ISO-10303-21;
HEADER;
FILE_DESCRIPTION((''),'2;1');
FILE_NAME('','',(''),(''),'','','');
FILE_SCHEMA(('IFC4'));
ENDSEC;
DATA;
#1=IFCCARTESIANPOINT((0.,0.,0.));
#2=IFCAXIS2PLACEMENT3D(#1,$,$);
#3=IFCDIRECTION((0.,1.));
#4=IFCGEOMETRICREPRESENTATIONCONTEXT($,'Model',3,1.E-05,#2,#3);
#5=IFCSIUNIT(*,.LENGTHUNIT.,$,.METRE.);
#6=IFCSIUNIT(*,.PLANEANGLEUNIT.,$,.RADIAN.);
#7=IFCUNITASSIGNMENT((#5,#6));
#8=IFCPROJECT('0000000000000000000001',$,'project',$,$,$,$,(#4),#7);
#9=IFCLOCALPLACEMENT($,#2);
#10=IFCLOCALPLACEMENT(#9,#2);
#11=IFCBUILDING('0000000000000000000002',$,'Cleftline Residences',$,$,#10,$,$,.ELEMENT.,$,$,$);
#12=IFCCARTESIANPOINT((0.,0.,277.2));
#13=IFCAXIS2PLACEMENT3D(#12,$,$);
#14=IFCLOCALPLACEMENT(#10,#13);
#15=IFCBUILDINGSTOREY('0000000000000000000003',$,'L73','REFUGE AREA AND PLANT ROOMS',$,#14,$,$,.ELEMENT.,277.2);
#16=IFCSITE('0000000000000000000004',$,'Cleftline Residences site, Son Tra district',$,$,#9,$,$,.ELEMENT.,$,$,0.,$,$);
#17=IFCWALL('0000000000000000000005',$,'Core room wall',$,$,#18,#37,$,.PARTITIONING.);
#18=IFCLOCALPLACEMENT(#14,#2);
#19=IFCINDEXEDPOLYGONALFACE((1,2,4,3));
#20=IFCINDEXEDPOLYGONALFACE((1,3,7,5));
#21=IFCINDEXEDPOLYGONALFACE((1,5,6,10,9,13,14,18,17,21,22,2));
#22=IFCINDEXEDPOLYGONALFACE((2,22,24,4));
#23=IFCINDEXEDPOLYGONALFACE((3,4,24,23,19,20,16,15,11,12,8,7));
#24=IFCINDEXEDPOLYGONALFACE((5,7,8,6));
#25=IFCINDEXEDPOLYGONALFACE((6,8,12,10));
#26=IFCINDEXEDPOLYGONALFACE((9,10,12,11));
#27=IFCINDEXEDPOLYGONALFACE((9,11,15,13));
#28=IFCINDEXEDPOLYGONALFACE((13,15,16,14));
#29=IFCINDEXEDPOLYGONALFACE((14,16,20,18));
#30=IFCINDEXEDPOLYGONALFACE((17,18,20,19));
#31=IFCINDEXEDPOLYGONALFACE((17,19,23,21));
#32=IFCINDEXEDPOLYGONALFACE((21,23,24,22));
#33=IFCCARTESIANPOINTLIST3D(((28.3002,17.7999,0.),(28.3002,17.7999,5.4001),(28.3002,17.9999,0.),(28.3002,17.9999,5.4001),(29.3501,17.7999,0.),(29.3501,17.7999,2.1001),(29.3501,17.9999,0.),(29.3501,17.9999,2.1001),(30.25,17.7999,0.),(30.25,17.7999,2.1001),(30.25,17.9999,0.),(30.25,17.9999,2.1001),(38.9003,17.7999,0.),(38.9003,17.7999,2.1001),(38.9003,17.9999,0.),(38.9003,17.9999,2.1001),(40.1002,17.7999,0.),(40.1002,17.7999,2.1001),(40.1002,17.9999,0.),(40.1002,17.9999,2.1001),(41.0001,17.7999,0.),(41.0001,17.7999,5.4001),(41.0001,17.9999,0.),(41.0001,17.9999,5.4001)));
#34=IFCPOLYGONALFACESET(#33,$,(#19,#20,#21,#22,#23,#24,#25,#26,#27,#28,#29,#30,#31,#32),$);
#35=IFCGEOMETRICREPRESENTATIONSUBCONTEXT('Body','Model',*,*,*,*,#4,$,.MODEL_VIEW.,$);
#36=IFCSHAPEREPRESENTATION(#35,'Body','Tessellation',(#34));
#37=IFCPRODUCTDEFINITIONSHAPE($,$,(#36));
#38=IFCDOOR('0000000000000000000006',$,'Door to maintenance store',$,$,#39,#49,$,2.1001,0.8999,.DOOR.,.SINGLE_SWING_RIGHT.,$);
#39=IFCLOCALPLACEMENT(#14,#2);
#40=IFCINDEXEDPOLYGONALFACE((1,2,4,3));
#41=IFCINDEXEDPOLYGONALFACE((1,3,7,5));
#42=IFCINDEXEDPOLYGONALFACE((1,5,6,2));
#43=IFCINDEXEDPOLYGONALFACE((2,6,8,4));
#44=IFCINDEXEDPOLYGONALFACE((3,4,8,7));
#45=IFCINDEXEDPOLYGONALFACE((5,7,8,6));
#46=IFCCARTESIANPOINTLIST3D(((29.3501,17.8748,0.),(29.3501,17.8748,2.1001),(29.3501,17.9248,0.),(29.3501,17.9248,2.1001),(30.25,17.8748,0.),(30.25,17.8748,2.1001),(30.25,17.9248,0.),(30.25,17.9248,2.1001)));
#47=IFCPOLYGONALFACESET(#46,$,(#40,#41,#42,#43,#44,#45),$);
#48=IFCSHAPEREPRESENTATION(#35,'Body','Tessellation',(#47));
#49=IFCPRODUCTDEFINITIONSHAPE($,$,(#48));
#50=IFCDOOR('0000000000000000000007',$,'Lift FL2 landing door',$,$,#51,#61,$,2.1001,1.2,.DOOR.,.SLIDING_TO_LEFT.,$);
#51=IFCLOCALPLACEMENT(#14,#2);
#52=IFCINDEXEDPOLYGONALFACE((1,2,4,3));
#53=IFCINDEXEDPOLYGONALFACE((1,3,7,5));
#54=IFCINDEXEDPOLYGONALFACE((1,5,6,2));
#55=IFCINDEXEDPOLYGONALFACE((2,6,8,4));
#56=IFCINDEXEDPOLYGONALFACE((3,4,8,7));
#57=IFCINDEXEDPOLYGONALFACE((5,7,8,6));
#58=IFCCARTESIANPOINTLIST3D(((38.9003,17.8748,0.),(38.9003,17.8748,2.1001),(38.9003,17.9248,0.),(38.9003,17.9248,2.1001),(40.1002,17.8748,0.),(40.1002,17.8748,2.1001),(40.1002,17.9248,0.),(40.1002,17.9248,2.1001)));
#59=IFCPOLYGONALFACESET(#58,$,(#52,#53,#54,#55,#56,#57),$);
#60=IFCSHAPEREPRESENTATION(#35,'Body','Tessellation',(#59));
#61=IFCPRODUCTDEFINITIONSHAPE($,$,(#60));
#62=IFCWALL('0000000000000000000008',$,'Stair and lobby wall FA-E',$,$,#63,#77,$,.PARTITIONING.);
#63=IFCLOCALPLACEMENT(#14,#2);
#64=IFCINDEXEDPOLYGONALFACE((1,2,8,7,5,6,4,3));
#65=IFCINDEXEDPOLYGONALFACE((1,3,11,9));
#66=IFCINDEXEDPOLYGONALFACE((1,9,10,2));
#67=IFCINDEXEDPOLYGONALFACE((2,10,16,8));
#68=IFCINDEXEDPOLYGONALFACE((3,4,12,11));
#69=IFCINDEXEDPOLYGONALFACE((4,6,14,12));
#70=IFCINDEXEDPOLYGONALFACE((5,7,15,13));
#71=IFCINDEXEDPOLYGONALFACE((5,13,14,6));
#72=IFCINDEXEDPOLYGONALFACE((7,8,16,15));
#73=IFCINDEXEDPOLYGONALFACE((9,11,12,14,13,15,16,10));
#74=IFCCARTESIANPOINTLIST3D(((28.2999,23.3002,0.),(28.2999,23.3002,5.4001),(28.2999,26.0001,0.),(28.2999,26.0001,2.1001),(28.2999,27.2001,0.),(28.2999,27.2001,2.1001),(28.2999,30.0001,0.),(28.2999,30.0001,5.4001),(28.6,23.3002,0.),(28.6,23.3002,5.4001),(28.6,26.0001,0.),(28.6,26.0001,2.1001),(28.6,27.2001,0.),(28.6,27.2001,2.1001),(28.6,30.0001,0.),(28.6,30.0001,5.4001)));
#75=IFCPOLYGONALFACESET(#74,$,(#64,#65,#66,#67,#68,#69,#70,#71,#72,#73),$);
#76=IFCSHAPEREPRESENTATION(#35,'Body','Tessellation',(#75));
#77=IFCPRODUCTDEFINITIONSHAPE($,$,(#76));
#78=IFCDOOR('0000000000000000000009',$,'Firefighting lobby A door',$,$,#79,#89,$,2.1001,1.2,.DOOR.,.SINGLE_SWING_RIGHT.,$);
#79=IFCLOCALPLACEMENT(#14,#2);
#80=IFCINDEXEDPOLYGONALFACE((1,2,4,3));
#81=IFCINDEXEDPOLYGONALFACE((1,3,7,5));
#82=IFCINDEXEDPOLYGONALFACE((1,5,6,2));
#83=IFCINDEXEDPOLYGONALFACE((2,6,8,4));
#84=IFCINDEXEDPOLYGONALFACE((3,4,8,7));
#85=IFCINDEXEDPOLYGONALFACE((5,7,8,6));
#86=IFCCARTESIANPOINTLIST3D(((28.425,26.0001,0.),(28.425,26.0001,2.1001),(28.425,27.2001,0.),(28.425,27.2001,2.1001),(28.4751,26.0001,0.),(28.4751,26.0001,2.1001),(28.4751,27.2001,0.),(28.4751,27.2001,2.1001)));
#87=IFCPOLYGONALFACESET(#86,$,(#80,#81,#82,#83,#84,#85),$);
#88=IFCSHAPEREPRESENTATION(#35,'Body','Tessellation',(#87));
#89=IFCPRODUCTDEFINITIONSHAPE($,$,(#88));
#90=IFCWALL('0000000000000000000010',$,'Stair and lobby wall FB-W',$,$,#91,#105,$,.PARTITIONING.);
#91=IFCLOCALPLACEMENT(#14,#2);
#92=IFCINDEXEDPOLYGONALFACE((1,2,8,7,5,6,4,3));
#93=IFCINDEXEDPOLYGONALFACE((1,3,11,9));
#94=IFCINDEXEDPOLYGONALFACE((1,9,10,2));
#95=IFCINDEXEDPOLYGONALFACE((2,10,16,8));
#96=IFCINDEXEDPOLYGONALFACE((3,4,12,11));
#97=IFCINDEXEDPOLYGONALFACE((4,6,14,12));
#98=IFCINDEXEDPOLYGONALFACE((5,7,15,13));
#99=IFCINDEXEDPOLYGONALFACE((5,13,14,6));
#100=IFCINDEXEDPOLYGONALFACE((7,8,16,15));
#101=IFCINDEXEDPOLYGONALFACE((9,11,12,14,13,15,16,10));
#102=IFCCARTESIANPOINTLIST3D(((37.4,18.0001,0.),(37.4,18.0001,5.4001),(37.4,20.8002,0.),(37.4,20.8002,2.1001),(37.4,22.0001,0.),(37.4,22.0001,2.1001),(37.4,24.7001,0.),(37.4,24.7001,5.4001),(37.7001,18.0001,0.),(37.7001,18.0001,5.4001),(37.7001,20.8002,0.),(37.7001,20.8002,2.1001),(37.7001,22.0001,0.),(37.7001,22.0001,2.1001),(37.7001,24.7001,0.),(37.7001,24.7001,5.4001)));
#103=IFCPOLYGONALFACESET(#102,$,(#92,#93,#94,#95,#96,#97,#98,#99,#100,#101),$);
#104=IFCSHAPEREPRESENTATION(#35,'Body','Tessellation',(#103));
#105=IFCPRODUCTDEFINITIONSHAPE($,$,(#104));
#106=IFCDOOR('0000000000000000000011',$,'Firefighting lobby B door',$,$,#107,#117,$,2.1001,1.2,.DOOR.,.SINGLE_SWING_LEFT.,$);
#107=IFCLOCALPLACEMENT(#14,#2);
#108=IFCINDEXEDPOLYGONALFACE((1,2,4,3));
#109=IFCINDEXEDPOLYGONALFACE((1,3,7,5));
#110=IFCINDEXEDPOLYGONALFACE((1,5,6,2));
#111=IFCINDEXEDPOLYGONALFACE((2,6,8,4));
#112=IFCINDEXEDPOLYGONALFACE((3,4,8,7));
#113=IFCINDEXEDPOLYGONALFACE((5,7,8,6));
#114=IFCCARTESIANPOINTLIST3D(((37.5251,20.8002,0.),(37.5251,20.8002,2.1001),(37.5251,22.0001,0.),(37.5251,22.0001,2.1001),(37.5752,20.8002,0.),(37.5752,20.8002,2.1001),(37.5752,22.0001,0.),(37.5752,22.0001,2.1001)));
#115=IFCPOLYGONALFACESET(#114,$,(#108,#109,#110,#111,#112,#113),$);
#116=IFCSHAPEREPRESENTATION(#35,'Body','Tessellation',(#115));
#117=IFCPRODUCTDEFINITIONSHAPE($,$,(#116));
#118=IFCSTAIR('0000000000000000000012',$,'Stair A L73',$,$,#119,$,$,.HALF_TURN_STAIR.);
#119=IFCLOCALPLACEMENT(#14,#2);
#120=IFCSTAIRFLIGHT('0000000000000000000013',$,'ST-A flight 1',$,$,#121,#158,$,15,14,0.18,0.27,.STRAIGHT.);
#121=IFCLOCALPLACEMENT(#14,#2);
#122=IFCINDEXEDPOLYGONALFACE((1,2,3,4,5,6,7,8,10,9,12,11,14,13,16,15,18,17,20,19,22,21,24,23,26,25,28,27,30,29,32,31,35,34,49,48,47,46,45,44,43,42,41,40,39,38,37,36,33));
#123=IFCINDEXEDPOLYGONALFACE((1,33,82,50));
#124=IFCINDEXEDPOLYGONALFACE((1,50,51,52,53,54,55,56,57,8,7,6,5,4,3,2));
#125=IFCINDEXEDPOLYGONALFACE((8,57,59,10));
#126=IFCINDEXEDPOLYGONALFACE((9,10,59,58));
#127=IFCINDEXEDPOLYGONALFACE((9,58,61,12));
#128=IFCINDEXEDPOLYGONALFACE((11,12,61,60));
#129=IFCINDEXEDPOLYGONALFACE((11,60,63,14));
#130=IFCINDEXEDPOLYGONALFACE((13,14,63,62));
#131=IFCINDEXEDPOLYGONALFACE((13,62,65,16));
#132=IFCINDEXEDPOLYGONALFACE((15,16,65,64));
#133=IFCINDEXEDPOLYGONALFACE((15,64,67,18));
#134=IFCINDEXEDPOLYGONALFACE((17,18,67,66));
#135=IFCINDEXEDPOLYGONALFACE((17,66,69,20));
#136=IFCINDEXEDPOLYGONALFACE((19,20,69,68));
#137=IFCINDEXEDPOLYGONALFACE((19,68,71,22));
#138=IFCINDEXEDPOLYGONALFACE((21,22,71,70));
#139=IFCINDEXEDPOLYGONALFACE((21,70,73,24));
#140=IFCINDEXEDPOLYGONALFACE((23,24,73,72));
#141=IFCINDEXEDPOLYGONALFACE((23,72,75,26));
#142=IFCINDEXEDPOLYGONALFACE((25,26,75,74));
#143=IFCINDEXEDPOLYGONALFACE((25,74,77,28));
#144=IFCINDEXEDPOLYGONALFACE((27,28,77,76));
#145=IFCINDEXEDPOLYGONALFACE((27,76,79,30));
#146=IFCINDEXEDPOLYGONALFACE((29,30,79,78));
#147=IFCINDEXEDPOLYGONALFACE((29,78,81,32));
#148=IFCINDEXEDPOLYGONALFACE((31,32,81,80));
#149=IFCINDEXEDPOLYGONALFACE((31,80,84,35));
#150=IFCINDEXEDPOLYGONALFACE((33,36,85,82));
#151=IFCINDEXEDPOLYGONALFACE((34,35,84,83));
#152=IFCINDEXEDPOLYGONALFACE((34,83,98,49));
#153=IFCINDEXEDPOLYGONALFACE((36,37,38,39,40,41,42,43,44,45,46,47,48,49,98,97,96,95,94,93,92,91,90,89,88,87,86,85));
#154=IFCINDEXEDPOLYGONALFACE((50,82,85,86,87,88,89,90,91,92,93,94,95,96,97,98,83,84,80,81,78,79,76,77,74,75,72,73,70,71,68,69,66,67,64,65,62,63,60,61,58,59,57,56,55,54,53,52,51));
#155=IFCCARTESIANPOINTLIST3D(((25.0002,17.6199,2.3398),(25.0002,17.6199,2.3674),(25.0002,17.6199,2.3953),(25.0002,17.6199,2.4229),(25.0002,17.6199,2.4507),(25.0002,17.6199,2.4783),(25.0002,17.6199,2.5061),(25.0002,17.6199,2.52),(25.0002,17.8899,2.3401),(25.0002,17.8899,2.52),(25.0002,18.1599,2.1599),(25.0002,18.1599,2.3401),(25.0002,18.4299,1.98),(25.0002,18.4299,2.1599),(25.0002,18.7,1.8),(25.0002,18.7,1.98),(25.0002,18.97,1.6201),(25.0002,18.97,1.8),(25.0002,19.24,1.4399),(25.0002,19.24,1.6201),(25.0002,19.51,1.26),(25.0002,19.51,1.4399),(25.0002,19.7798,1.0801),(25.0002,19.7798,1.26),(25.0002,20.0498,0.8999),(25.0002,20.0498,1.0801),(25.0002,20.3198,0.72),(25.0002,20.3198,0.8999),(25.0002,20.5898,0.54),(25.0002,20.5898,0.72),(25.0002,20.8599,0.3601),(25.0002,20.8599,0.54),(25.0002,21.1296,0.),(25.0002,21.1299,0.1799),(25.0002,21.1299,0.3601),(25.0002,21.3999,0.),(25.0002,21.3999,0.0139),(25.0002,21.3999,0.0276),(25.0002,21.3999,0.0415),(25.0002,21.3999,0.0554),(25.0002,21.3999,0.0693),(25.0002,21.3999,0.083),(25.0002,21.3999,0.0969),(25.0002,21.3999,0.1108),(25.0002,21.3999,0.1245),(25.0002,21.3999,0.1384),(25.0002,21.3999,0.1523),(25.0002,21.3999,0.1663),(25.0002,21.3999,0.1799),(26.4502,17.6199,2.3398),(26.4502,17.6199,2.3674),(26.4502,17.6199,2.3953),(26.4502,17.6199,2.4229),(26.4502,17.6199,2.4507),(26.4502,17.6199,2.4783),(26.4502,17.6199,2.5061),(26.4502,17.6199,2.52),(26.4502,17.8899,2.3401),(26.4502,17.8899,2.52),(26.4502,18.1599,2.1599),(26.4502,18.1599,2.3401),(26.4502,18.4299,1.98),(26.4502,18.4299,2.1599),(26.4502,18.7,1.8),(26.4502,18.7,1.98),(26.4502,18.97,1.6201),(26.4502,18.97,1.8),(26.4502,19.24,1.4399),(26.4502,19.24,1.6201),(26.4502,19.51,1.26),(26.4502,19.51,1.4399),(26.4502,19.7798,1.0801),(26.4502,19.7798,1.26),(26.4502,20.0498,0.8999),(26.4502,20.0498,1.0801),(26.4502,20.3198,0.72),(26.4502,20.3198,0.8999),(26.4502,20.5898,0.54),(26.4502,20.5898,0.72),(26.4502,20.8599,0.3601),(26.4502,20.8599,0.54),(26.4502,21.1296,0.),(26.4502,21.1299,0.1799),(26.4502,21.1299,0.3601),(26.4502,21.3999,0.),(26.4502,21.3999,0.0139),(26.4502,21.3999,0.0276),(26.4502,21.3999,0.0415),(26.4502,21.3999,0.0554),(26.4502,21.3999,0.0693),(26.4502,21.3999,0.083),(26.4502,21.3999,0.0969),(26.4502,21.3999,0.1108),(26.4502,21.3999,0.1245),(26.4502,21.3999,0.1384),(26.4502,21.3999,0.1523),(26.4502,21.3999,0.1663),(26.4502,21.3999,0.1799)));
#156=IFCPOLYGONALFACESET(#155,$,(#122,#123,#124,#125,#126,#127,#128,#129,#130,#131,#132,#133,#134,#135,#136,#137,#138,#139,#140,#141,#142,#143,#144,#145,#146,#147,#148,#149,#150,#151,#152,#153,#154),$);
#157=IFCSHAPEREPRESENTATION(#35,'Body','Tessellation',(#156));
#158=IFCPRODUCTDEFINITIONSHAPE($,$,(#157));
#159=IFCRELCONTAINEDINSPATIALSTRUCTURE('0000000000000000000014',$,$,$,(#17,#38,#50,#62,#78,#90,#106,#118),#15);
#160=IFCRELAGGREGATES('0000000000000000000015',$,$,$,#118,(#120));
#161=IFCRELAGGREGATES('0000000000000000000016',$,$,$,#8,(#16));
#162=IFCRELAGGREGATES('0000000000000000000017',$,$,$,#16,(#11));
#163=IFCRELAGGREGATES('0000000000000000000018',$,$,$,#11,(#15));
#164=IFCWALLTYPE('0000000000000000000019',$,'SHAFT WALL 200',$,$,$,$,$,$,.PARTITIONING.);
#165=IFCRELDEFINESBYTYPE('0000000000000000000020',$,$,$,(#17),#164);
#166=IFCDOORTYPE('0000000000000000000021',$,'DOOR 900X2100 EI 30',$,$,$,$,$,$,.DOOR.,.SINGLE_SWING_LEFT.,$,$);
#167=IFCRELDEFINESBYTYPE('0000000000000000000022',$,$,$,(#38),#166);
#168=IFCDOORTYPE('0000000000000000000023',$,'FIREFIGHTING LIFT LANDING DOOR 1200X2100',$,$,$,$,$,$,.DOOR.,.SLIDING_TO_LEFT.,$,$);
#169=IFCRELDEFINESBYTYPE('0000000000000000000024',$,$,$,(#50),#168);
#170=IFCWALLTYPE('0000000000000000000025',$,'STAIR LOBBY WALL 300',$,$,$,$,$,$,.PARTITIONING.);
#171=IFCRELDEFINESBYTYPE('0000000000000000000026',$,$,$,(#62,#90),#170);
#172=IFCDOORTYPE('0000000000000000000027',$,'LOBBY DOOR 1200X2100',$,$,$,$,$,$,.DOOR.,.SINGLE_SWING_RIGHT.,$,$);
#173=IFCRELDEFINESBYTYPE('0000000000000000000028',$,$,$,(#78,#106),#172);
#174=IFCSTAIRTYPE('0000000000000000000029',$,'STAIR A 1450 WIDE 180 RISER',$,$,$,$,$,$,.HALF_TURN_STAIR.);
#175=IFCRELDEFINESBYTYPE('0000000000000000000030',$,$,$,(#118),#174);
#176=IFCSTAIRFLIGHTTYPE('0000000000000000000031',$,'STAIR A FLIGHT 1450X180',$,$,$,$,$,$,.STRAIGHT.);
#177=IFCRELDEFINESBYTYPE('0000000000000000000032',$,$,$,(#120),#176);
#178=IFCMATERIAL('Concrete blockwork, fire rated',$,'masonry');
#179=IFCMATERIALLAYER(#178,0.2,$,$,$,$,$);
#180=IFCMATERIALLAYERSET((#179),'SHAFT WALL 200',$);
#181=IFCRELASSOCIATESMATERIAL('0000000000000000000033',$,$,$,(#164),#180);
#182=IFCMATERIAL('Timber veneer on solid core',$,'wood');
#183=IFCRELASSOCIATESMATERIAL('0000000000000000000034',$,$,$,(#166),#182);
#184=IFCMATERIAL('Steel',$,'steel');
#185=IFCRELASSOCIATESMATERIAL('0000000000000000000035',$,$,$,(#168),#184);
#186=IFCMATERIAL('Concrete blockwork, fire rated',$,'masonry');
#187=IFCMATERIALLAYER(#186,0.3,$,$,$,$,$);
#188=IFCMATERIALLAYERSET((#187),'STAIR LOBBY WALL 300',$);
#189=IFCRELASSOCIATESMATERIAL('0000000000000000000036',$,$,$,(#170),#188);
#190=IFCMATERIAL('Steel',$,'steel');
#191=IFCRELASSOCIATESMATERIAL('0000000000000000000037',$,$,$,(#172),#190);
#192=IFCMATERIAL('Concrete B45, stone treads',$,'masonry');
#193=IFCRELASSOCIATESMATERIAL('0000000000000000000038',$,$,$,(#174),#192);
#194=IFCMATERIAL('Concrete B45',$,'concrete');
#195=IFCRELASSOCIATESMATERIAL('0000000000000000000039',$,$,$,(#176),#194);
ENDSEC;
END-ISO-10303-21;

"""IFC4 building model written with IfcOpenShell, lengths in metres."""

from ifc_helpers import new_model, si_unit, direction, frame, frame_2d, origin, place, context, subcontext, project, spatial, polyline, rectangle, outline, extrude, material, layer, layer_set, type_object, element, fill, aggregate, save


model = new_model("IFC4")

# Units and contexts
model_context = context("Model", 3, precision=1e-05, world=origin(), true_north=direction((0.0, 1.0)))
body_context = subcontext(model_context, "Body", "Model", "MODEL_VIEW")
ifc_project = project(units=[si_unit("LENGTHUNIT", "METRE"), si_unit("PLANEANGLEUNIT", "RADIAN")], contexts=[model_context])

# Site, building, storey
site_placement = place(None, origin())
site = spatial("IfcSite", under=ifc_project, at=site_placement, Name="Cleftline Residences site, Son Tra district", CompositionType="ELEMENT", RefElevation=0.0)
building_placement = place(site_placement, origin())
building = spatial("IfcBuilding", under=site, at=building_placement, Name="Cleftline Residences", CompositionType="ELEMENT")
storey_placement = place(building_placement, frame((0.0, 0.0, 277.2)))
storey = spatial("IfcBuildingStorey", under=building, at=storey_placement, Name="L73", Description="REFUGE AREA AND PLANT ROOMS", CompositionType="ELEMENT", Elevation=277.2)

# Wall, openings, doors
ifc_material_1 = material(Name="Concrete blockwork, fire rated", Category="masonry")
ifc_layer_1 = layer(ifc_material_1, 0.2)
ifc_layer_set_1 = layer_set([ifc_layer_1], Name="SHAFT WALL 200")
wall_type_1 = type_object("IfcWallType", Name="SHAFT WALL 200", PredefinedType="PARTITIONING", material=ifc_layer_set_1)
wall_1_placement = place(storey_placement, frame((28.3, 17.8999, 0.0), z_axis=(0.0, 0.0, 1.0), x_axis=(1.0, 0.0, 0.0)))
wall_1 = element("IfcWall", 1, at=wall_1_placement, inside=storey, type_object=wall_type_1, Name="Core room wall", PredefinedType="PARTITIONING", context=body_context, shape_type="SweptSolid", body=[
    extrude(rectangle(XDim=12.7, YDim=0.2, at=frame_2d((6.3501, 0.0))), origin(), (0.0, 0.0, 1.0), 5.4001),
])
opening_1_placement = place(wall_1_placement, frame((1.05, 0.0, 0.0)))
opening_1 = element("IfcOpeningElement", 2, at=opening_1_placement, cuts=wall_1, PredefinedType="OPENING", context=body_context, shape_type="SweptSolid", body=[
    extrude(rectangle(XDim=0.8999, YDim=2.1001, at=frame_2d((0.45, 1.05))), frame((0.0, 0.1099, 0.0), z_axis=(0.0, -1.0, 0.0), x_axis=(1.0, 0.0, 0.0)), (0.0, 0.0, 1.0), 0.22),
])
opening_2_placement = place(wall_1_placement, frame((10.6001, 0.0, 0.0)))
opening_2 = element("IfcOpeningElement", 3, at=opening_2_placement, cuts=wall_1, PredefinedType="OPENING", context=body_context, shape_type="SweptSolid", body=[
    extrude(rectangle(XDim=1.2, YDim=2.1001, at=frame_2d((0.6001, 1.05))), frame((0.0, 0.1099, 0.0), z_axis=(0.0, -1.0, 0.0), x_axis=(1.0, 0.0, 0.0)), (0.0, 0.0, 1.0), 0.22),
])
ifc_material_2 = material(Name="Timber veneer on solid core", Category="wood")
door_type_1 = type_object("IfcDoorType", Name="DOOR 900X2100 EI 30", OperationType="SINGLE_SWING_LEFT", PredefinedType="DOOR", material=ifc_material_2)
door_1_placement = place(opening_1_placement, origin())
door_1 = element("IfcDoor", 4, at=door_1_placement, inside=storey, type_object=door_type_1, Name="Door to maintenance store", OperationType="SINGLE_SWING_RIGHT", OverallHeight=2.1001, OverallWidth=0.8999, PredefinedType="DOOR", context=body_context, shape_type="SweptSolid", body=[
    extrude(rectangle(XDim=0.8999, YDim=2.1001, at=frame_2d((0.45, 1.05))), frame((0.0, 0.0249, 0.0), z_axis=(0.0, -1.0, 0.0), x_axis=(1.0, 0.0, 0.0)), (0.0, 0.0, 1.0), 0.05),
])
fill(opening_1, door_1)
ifc_material_3 = material(Name="Steel", Category="steel")
door_type_2 = type_object("IfcDoorType", Name="FIREFIGHTING LIFT LANDING DOOR 1200X2100", OperationType="SLIDING_TO_LEFT", PredefinedType="DOOR", material=ifc_material_3)
door_2_placement = place(opening_2_placement, origin())
door_2 = element("IfcDoor", 5, at=door_2_placement, inside=storey, type_object=door_type_2, Name="Lift FL2 landing door", OperationType="SLIDING_TO_LEFT", OverallHeight=2.1001, OverallWidth=1.2, PredefinedType="DOOR", context=body_context, shape_type="SweptSolid", body=[
    extrude(rectangle(XDim=1.2, YDim=2.1001, at=frame_2d((0.6001, 1.05))), frame((0.0, 0.0249, 0.0), z_axis=(0.0, -1.0, 0.0), x_axis=(1.0, 0.0, 0.0)), (0.0, 0.0, 1.0), 0.05),
])
fill(opening_2, door_2)

# Walls, openings, doors
ifc_material_4 = material(Name="Concrete blockwork, fire rated", Category="masonry")
ifc_layer_2 = layer(ifc_material_4, 0.3)
ifc_layer_set_2 = layer_set([ifc_layer_2], Name="STAIR LOBBY WALL 300")
wall_type_2 = type_object("IfcWallType", Name="STAIR LOBBY WALL 300", PredefinedType="PARTITIONING", material=ifc_layer_set_2)
wall_2_placement = place(storey_placement, frame((28.45, 23.3, 0.0), z_axis=(0.0, 0.0, 1.0), x_axis=(0.0, 1.0, 0.0)))
wall_2 = element("IfcWall", 6, at=wall_2_placement, inside=storey, type_object=wall_type_2, Name="Stair and lobby wall FA-E", PredefinedType="PARTITIONING", context=body_context, shape_type="SweptSolid", body=[
    extrude(rectangle(XDim=6.7, YDim=0.3, at=frame_2d((3.3501, 0.0))), origin(), (0.0, 0.0, 1.0), 5.4001),
])
opening_3_placement = place(wall_2_placement, frame((2.7, 0.0, 0.0)))
opening_3 = element("IfcOpeningElement", 7, at=opening_3_placement, cuts=wall_2, PredefinedType="OPENING", context=body_context, shape_type="SweptSolid", body=[
    extrude(rectangle(XDim=1.2, YDim=2.1001, at=frame_2d((0.6001, 1.05))), frame((0.0, 0.1599, 0.0), z_axis=(0.0, -1.0, 0.0), x_axis=(1.0, 0.0, 0.0)), (0.0, 0.0, 1.0), 0.3201),
])
ifc_material_5 = material(Name="Steel", Category="steel")
door_type_3 = type_object("IfcDoorType", Name="LOBBY DOOR 1200X2100", OperationType="SINGLE_SWING_RIGHT", PredefinedType="DOOR", material=ifc_material_5)
door_3_placement = place(opening_3_placement, origin())
door_3 = element("IfcDoor", 8, at=door_3_placement, inside=storey, type_object=door_type_3, Name="Firefighting lobby A door", OperationType="SINGLE_SWING_RIGHT", OverallHeight=2.1001, OverallWidth=1.2, PredefinedType="DOOR", context=body_context, shape_type="SweptSolid", body=[
    extrude(rectangle(XDim=1.2, YDim=2.1001, at=frame_2d((0.6001, 1.05))), frame((0.0, 0.0249, 0.0), z_axis=(0.0, -1.0, 0.0), x_axis=(1.0, 0.0, 0.0)), (0.0, 0.0, 1.0), 0.05),
])
fill(opening_3, door_3)
wall_3_placement = place(storey_placement, frame((37.55, 18.0, 0.0), z_axis=(0.0, 0.0, 1.0), x_axis=(0.0, 1.0, 0.0)))
wall_3 = element("IfcWall", 9, at=wall_3_placement, inside=storey, type_object=wall_type_2, Name="Stair and lobby wall FB-W", PredefinedType="PARTITIONING", context=body_context, shape_type="SweptSolid", body=[
    extrude(rectangle(XDim=6.7, YDim=0.3, at=frame_2d((3.3501, 0.0))), origin(), (0.0, 0.0, 1.0), 5.4001),
])
opening_4_placement = place(wall_3_placement, frame((2.8, 0.0, 0.0)))
opening_4 = element("IfcOpeningElement", 10, at=opening_4_placement, cuts=wall_3, PredefinedType="OPENING", context=body_context, shape_type="SweptSolid", body=[
    extrude(rectangle(XDim=1.2, YDim=2.1001, at=frame_2d((0.6001, 1.05))), frame((0.0, 0.1599, 0.0), z_axis=(0.0, -1.0, 0.0), x_axis=(1.0, 0.0, 0.0)), (0.0, 0.0, 1.0), 0.3201),
])
door_4_placement = place(opening_4_placement, origin())
door_4 = element("IfcDoor", 11, at=door_4_placement, inside=storey, type_object=door_type_3, Name="Firefighting lobby B door", OperationType="SINGLE_SWING_LEFT", OverallHeight=2.1001, OverallWidth=1.2, PredefinedType="DOOR", context=body_context, shape_type="SweptSolid", body=[
    extrude(rectangle(XDim=1.2, YDim=2.1001, at=frame_2d((0.6001, 1.05))), frame((0.0, 0.0249, 0.0), z_axis=(0.0, -1.0, 0.0), x_axis=(1.0, 0.0, 0.0)), (0.0, 0.0, 1.0), 0.05),
])
fill(opening_4, door_4)

# Stair, stair flight
ifc_material_6 = material(Name="Concrete B45, stone treads", Category="masonry")
stair_type_1 = type_object("IfcStairType", Name="STAIR A 1450 WIDE 180 RISER", PredefinedType="HALF_TURN_STAIR", material=ifc_material_6)
stair_1_placement = place(storey_placement, origin())
stair_1 = element("IfcStair", 12, at=stair_1_placement, inside=storey, type_object=stair_type_1, Name="Stair A L73", PredefinedType="HALF_TURN_STAIR")
ifc_material_7 = material(Name="Concrete B45", Category="concrete")
stair_flight_type_1 = type_object("IfcStairFlightType", Name="STAIR A FLIGHT 1450X180", PredefinedType="STRAIGHT", material=ifc_material_7)
stair_flight_1_placement = place(storey_placement, frame((25.7251, 21.3999, 0.0), z_axis=(0.0, 0.0, 1.0), x_axis=(0.0, -1.0, 0.0)))
stair_flight_1 = element("IfcStairFlight", 13, at=stair_flight_1_placement, type_object=stair_flight_type_1, Name="ST-A flight 1", NumberOfRisers=15, NumberOfTreads=14, PredefinedType="STRAIGHT", RiserHeight=0.18, TreadLength=0.27, context=body_context, shape_type="SweptSolid", body=[
    extrude(outline(polyline([(0.0, 0.0), (0.0, 0.0139), (0.0, 0.0276), (0.0, 0.0415), (0.0, 0.0554), (0.0, 0.0693), (0.0, 0.083), (0.0, 0.0969), (0.0, 0.1108), (0.0, 0.1245), (0.0, 0.1384), (0.0, 0.1523), (0.0, 0.1663), (0.0, 0.1799), (0.27, 0.1799), (0.27, 0.3601), (0.54, 0.3601), (0.54, 0.54), (0.8101, 0.54), (0.8101, 0.72), (1.0801, 0.72), (1.0801, 0.8999), (1.3501, 0.8999), (1.3501, 1.0801), (1.6201, 1.0801), (1.6201, 1.26), (1.8899, 1.26), (1.8899, 1.4399), (2.1599, 1.4399), (2.1599, 1.6201), (2.4299, 1.6201), (2.4299, 1.8), (2.7, 1.8), (2.7, 1.98), (2.97, 1.98), (2.97, 2.1599), (3.24, 2.1599), (3.24, 2.3401), (3.51, 2.3401), (3.51, 2.52), (3.78, 2.52), (3.78, 2.7), (3.78, 2.6724), (3.78, 2.6445), (3.78, 2.6169), (3.78, 2.5891), (3.78, 2.5615), (3.78, 2.5337), (3.78, 2.5061), (3.78, 2.4783), (3.78, 2.4507), (3.78, 2.4229), (3.78, 2.3953), (3.78, 2.3674), (3.78, 2.3398), (0.2703, 0.0), (0.0, 0.0)])), frame((0.0, 0.7251, 0.0), z_axis=(0.0, -1.0, 0.0), x_axis=(1.0, 0.0, 0.0)), (0.0, 0.0, 1.0), 1.45),
])
aggregate(stair_1, [stair_flight_1])

save(model, "model.ifc")
